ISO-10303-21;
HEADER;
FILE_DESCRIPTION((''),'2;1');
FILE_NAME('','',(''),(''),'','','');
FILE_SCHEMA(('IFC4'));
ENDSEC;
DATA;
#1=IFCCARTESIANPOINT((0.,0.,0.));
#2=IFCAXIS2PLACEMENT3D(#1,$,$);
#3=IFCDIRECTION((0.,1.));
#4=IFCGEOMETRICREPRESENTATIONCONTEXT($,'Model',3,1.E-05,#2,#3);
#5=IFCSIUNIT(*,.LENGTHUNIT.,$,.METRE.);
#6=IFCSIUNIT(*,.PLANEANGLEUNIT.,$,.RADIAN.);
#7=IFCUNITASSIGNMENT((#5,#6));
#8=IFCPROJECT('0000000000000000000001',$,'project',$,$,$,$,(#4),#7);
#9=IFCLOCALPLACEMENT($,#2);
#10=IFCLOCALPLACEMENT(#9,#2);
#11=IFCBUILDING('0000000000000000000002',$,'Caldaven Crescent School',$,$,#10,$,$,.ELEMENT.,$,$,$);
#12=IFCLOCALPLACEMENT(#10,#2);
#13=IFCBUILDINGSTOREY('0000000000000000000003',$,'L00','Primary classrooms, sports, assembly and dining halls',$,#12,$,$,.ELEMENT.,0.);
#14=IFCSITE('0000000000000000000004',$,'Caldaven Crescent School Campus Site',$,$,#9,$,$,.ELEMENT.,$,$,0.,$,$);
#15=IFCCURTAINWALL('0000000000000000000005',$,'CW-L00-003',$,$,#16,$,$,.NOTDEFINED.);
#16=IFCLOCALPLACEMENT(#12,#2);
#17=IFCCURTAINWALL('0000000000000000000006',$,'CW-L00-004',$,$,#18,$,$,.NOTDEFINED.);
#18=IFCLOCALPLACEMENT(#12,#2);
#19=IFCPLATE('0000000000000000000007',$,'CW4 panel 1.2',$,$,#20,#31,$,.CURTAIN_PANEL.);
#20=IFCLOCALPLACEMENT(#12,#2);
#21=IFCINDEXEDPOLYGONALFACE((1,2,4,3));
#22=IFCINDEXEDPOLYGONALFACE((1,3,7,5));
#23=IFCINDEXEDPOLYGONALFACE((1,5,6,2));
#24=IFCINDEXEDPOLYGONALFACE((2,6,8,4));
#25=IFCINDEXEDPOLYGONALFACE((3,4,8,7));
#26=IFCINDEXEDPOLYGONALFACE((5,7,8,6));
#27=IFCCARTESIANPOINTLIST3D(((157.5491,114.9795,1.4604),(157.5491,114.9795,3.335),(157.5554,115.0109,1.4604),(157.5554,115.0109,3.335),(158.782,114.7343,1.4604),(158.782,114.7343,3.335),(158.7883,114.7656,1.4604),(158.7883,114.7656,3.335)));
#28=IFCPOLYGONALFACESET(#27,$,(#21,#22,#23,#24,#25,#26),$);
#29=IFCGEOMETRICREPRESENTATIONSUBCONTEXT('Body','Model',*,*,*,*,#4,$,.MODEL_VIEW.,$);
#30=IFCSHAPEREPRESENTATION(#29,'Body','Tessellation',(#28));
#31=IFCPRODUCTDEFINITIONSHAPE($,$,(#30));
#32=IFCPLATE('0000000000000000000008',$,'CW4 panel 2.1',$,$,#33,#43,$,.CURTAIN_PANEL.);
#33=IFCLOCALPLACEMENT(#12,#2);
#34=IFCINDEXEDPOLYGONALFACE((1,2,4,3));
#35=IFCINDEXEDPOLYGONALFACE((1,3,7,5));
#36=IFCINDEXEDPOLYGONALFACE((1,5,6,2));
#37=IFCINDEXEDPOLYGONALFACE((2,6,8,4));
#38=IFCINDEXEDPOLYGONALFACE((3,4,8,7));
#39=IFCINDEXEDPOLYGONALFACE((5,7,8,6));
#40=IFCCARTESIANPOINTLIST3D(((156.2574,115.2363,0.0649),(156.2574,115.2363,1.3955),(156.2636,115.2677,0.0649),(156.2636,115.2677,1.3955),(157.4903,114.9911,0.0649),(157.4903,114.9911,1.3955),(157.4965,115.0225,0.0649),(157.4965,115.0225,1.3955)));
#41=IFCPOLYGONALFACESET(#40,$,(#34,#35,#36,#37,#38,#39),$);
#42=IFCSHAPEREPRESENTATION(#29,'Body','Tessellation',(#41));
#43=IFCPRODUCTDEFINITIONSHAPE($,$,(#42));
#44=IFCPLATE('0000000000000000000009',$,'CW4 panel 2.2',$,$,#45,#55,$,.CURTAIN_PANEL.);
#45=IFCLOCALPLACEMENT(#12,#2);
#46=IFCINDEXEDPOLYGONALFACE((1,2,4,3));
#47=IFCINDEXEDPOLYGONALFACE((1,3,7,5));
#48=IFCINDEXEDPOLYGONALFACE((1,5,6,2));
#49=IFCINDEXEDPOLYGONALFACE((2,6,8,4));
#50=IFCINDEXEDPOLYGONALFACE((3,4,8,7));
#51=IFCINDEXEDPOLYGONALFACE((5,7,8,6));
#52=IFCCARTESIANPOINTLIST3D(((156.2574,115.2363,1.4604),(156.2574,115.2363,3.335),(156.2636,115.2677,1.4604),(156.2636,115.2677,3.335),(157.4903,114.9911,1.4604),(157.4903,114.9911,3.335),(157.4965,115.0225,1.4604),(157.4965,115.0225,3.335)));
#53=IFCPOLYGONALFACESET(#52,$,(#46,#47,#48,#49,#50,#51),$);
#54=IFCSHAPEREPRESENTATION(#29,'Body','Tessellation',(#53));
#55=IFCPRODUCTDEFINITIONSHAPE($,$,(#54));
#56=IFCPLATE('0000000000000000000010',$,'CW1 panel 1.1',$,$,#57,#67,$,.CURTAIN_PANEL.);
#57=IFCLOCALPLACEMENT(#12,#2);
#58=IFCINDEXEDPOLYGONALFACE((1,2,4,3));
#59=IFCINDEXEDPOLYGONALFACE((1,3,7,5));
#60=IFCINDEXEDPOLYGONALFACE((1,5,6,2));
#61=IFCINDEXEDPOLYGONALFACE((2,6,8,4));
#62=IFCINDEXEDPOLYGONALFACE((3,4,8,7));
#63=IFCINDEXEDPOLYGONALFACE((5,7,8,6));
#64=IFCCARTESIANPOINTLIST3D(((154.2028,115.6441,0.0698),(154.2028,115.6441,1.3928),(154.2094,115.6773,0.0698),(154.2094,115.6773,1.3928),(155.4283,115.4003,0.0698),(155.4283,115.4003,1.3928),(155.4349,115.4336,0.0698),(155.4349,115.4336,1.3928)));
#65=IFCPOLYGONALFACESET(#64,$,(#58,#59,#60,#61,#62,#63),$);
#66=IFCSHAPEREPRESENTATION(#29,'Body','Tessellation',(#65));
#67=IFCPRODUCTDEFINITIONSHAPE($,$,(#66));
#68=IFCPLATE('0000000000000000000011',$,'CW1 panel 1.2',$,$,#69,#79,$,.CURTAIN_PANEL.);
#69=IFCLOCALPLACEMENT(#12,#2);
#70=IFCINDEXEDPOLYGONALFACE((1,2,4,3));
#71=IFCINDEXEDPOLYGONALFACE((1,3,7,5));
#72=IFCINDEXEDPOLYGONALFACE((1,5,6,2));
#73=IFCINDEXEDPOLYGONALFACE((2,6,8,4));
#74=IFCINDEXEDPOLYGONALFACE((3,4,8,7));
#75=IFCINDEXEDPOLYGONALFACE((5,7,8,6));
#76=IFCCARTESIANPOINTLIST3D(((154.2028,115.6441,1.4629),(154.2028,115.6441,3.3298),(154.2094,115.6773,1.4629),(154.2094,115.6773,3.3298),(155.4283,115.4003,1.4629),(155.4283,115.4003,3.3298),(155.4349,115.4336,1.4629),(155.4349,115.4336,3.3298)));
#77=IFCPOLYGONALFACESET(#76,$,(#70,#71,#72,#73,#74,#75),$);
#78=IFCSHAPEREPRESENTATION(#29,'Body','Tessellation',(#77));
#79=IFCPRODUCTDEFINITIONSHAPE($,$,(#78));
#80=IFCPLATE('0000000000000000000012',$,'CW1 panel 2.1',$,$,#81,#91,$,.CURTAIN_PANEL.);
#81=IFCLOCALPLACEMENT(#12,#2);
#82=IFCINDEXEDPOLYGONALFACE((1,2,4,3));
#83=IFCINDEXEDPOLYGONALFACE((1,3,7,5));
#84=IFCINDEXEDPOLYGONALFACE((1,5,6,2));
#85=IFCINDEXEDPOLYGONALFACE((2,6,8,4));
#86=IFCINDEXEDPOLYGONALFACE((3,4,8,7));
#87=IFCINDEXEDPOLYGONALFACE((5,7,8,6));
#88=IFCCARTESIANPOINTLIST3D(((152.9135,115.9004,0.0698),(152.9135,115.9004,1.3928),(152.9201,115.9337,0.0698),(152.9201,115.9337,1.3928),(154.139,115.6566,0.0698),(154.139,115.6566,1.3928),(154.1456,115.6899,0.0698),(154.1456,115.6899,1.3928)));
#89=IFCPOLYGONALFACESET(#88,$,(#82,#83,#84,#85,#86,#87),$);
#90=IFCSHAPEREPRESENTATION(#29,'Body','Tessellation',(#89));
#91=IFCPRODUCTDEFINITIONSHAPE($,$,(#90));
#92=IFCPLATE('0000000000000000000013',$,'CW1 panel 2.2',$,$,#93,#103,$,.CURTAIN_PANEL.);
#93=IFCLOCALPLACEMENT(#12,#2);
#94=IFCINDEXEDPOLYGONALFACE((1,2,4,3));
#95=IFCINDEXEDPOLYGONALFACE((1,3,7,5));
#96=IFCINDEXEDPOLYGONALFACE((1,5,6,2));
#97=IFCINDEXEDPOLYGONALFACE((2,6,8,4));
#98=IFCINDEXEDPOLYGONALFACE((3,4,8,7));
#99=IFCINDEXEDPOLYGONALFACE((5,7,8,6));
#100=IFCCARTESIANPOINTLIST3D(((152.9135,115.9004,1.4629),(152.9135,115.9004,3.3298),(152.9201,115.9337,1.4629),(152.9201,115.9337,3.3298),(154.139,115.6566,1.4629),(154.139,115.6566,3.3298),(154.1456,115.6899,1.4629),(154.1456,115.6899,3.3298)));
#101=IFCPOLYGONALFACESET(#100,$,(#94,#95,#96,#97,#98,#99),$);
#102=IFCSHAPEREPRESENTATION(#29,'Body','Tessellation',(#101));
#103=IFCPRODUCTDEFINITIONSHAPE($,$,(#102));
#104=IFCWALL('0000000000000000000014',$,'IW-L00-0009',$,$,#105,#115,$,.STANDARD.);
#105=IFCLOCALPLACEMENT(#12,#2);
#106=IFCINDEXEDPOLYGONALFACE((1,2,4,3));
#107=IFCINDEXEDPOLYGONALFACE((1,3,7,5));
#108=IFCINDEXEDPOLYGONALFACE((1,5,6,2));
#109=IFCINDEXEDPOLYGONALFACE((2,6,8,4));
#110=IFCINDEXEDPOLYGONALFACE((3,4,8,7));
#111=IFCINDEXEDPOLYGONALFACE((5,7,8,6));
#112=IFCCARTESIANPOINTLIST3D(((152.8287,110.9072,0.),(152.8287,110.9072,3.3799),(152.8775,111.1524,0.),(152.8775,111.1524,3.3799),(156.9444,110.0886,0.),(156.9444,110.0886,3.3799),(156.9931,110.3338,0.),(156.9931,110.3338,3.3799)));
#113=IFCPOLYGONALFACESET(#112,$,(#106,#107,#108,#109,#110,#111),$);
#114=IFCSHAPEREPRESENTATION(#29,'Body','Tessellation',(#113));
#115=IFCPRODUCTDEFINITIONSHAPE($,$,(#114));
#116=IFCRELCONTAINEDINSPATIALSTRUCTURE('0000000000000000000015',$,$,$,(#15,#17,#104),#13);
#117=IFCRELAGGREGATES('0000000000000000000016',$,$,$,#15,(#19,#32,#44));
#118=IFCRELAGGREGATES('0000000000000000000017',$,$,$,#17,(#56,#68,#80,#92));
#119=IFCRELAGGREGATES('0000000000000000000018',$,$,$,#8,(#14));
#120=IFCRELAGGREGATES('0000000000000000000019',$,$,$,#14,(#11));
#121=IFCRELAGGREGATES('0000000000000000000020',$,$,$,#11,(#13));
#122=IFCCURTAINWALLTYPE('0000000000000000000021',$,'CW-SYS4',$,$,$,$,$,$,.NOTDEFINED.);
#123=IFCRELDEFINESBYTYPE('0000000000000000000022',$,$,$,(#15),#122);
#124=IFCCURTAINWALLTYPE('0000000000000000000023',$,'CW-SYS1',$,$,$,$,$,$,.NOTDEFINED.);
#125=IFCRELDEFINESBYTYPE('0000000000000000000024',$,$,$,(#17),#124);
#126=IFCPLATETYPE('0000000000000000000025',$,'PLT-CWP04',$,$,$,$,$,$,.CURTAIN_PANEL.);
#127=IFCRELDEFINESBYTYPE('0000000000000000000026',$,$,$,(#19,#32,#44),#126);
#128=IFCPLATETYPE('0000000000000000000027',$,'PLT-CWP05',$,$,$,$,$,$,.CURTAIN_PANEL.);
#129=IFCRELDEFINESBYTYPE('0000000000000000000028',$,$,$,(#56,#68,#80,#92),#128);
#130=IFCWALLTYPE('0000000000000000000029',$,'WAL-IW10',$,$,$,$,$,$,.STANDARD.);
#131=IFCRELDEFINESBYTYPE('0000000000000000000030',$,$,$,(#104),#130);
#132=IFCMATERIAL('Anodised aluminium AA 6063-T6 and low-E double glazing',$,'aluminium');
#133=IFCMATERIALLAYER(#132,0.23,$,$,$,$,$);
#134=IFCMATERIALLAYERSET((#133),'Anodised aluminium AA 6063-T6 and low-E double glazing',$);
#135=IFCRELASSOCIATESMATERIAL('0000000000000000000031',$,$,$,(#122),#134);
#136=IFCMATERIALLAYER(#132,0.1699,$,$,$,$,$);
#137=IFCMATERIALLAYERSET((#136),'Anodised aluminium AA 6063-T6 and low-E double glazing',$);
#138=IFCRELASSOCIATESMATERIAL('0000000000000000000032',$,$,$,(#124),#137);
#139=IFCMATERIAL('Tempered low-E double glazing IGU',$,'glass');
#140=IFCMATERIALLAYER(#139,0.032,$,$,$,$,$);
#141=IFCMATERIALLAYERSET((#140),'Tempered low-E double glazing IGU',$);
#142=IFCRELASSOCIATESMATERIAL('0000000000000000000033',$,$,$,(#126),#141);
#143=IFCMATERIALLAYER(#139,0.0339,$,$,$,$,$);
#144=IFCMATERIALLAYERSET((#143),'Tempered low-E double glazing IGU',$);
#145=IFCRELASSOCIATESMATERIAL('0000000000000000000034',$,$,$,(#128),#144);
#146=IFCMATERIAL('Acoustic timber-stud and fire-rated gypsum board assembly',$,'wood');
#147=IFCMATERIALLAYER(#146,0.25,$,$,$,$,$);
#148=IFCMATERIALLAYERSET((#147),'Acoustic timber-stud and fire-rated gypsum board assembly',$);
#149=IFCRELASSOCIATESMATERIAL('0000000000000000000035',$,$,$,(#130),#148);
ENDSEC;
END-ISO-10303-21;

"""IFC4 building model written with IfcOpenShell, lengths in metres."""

from ifc_helpers import new_model, si_unit, direction, frame, frame_2d, origin, origin_2d, place, context, subcontext, project, spatial, rectangle, extrude, material, layer, layer_set, type_object, element, aggregate, save


model = new_model("IFC4")

# Units and contexts
model_context = context("Model", 3, precision=1e-05, world=origin(), true_north=direction((0.0, 1.0)))
body_context = subcontext(model_context, "Body", "Model", "MODEL_VIEW")
ifc_project = project(units=[si_unit("LENGTHUNIT", "METRE"), si_unit("PLANEANGLEUNIT", "RADIAN")], contexts=[model_context])

# Site, building, storey
site_placement = place(None, origin())
site = spatial("IfcSite", under=ifc_project, at=site_placement, Name="Caldaven Crescent School Campus Site", CompositionType="ELEMENT", RefElevation=0.0)
building_placement = place(site_placement, origin())
building = spatial("IfcBuilding", under=site, at=building_placement, Name="Caldaven Crescent School", CompositionType="ELEMENT")
storey_placement = place(building_placement, origin())
storey = spatial("IfcBuildingStorey", under=building, at=storey_placement, Name="L00", Description="Primary classrooms, sports, assembly and dining halls", CompositionType="ELEMENT", Elevation=0.0)

# Curtain walls
ifc_material_1 = material(Name="Anodised aluminium AA 6063-T6 and low-E double glazing", Category="aluminium")
ifc_layer_1 = layer(ifc_material_1, 0.23)
ifc_layer_set_1 = layer_set([ifc_layer_1], Name="Anodised aluminium AA 6063-T6 and low-E double glazing")
curtain_wall_type_1 = type_object("IfcCurtainWallType", Name="CW-SYS4", PredefinedType="NOTDEFINED", material=ifc_layer_set_1)
curtain_wall_1_placement = place(storey_placement, origin())
curtain_wall_1 = element("IfcCurtainWall", 1, at=curtain_wall_1_placement, inside=storey, type_object=curtain_wall_type_1, Name="CW-L00-003", PredefinedType="NOTDEFINED")
ifc_layer_2 = layer(ifc_material_1, 0.1699)
ifc_layer_set_2 = layer_set([ifc_layer_2], Name="Anodised aluminium AA 6063-T6 and low-E double glazing")
curtain_wall_type_2 = type_object("IfcCurtainWallType", Name="CW-SYS1", PredefinedType="NOTDEFINED", material=ifc_layer_set_2)
curtain_wall_2_placement = place(storey_placement, origin())
curtain_wall_2 = element("IfcCurtainWall", 2, at=curtain_wall_2_placement, inside=storey, type_object=curtain_wall_type_2, Name="CW-L00-004", PredefinedType="NOTDEFINED")

# Plates
ifc_material_2 = material(Name="Tempered low-E double glazing IGU", Category="glass")
ifc_layer_3 = layer(ifc_material_2, 0.032)
ifc_layer_set_3 = layer_set([ifc_layer_3], Name="Tempered low-E double glazing IGU")
plate_type_1 = type_object("IfcPlateType", Name="PLT-CWP04", PredefinedType="CURTAIN_PANEL", material=ifc_layer_set_3)
plate_1_placement = place(storey_placement, frame((158.1687, 114.8726, 1.4604), z_axis=(0.0, 0.0, 1.0), x_axis=(-0.980785, 0.19509, 0.0)))
plate_1 = element("IfcPlate", 3, at=plate_1_placement, type_object=plate_type_1, Name="CW4 panel 1.2", PredefinedType="CURTAIN_PANEL", context=body_context, shape_type="SweptSolid", body=[
    extrude(rectangle(XDim=1.2571, YDim=0.032, at=origin_2d()), origin(), (0.0, 0.0, 1.0), 1.8745),
])
plate_2_placement = place(storey_placement, frame((156.877, 115.1294, 0.0649), z_axis=(0.0, 0.0, 1.0), x_axis=(-0.980785, 0.19509, 0.0)))
plate_2 = element("IfcPlate", 4, at=plate_2_placement, type_object=plate_type_1, Name="CW4 panel 2.1", PredefinedType="CURTAIN_PANEL", context=body_context, shape_type="SweptSolid", body=[
    extrude(rectangle(XDim=1.2571, YDim=0.032, at=origin_2d()), origin(), (0.0, 0.0, 1.0), 1.3306),
])
plate_3_placement = place(storey_placement, frame((156.877, 115.1294, 1.4604), z_axis=(0.0, 0.0, 1.0), x_axis=(-0.980785, 0.19509, 0.0)))
plate_3 = element("IfcPlate", 5, at=plate_3_placement, type_object=plate_type_1, Name="CW4 panel 2.2", PredefinedType="CURTAIN_PANEL", context=body_context, shape_type="SweptSolid", body=[
    extrude(rectangle(XDim=1.2571, YDim=0.032, at=origin_2d()), origin(), (0.0, 0.0, 1.0), 1.8745),
])
aggregate(curtain_wall_1, [plate_1, plate_2, plate_3])
ifc_layer_4 = layer(ifc_material_2, 0.0339)
ifc_layer_set_4 = layer_set([ifc_layer_4], Name="Tempered low-E double glazing IGU")
plate_type_2 = type_object("IfcPlateType", Name="PLT-CWP05", PredefinedType="CURTAIN_PANEL", material=ifc_layer_set_4)
plate_4_placement = place(storey_placement, frame((154.8188, 115.5388, 0.0698), z_axis=(0.0, 0.0, 1.0), x_axis=(-0.980785, 0.19509, 0.0)))
plate_4 = element("IfcPlate", 6, at=plate_4_placement, type_object=plate_type_2, Name="CW1 panel 1.1", PredefinedType="CURTAIN_PANEL", context=body_context, shape_type="SweptSolid", body=[
    extrude(rectangle(XDim=1.2495, YDim=0.0339, at=origin_2d()), origin(), (0.0, 0.0, 1.0), 1.323),
])
plate_5_placement = place(storey_placement, frame((154.8188, 115.5388, 1.4629), z_axis=(0.0, 0.0, 1.0), x_axis=(-0.980785, 0.19509, 0.0)))
plate_5 = element("IfcPlate", 7, at=plate_5_placement, type_object=plate_type_2, Name="CW1 panel 1.2", PredefinedType="CURTAIN_PANEL", context=body_context, shape_type="SweptSolid", body=[
    extrude(rectangle(XDim=1.2495, YDim=0.0339, at=origin_2d()), origin(), (0.0, 0.0, 1.0), 1.8669),
])
plate_6_placement = place(storey_placement, frame((153.5295, 115.7952, 0.0698), z_axis=(0.0, 0.0, 1.0), x_axis=(-0.980785, 0.19509, 0.0)))
plate_6 = element("IfcPlate", 8, at=plate_6_placement, type_object=plate_type_2, Name="CW1 panel 2.1", PredefinedType="CURTAIN_PANEL", context=body_context, shape_type="SweptSolid", body=[
    extrude(rectangle(XDim=1.2495, YDim=0.0339, at=origin_2d()), origin(), (0.0, 0.0, 1.0), 1.323),
])
plate_7_placement = place(storey_placement, frame((153.5295, 115.7952, 1.4629), z_axis=(0.0, 0.0, 1.0), x_axis=(-0.980785, 0.19509, 0.0)))
plate_7 = element("IfcPlate", 9, at=plate_7_placement, type_object=plate_type_2, Name="CW1 panel 2.2", PredefinedType="CURTAIN_PANEL", context=body_context, shape_type="SweptSolid", body=[
    extrude(rectangle(XDim=1.2495, YDim=0.0339, at=origin_2d()), origin(), (0.0, 0.0, 1.0), 1.8669),
])
aggregate(curtain_wall_2, [plate_4, plate_5, plate_6, plate_7])

# Wall
ifc_material_3 = material(Name="Acoustic timber-stud and fire-rated gypsum board assembly", Category="wood")
ifc_layer_5 = layer(ifc_material_3, 0.25)
ifc_layer_set_5 = layer_set([ifc_layer_5], Name="Acoustic timber-stud and fire-rated gypsum board assembly")
wall_type = type_object("IfcWallType", Name="WAL-IW10", PredefinedType="STANDARD", material=ifc_layer_set_5)
wall_placement = place(storey_placement, frame((156.9688, 110.2112, 0.0), z_axis=(0.0, 0.0, 1.0), x_axis=(-0.980788, 0.195076, 0.0)))
element("IfcWall", 10, at=wall_placement, inside=storey, type_object=wall_type, Name="IW-L00-0009", PredefinedType="STANDARD", context=body_context, shape_type="SweptSolid", body=[
    extrude(rectangle(XDim=4.1963, YDim=0.25, at=frame_2d((2.0981, 0.0))), origin(), (0.0, 0.0, 1.0), 3.3799),
])

save(model, "model.ifc")
